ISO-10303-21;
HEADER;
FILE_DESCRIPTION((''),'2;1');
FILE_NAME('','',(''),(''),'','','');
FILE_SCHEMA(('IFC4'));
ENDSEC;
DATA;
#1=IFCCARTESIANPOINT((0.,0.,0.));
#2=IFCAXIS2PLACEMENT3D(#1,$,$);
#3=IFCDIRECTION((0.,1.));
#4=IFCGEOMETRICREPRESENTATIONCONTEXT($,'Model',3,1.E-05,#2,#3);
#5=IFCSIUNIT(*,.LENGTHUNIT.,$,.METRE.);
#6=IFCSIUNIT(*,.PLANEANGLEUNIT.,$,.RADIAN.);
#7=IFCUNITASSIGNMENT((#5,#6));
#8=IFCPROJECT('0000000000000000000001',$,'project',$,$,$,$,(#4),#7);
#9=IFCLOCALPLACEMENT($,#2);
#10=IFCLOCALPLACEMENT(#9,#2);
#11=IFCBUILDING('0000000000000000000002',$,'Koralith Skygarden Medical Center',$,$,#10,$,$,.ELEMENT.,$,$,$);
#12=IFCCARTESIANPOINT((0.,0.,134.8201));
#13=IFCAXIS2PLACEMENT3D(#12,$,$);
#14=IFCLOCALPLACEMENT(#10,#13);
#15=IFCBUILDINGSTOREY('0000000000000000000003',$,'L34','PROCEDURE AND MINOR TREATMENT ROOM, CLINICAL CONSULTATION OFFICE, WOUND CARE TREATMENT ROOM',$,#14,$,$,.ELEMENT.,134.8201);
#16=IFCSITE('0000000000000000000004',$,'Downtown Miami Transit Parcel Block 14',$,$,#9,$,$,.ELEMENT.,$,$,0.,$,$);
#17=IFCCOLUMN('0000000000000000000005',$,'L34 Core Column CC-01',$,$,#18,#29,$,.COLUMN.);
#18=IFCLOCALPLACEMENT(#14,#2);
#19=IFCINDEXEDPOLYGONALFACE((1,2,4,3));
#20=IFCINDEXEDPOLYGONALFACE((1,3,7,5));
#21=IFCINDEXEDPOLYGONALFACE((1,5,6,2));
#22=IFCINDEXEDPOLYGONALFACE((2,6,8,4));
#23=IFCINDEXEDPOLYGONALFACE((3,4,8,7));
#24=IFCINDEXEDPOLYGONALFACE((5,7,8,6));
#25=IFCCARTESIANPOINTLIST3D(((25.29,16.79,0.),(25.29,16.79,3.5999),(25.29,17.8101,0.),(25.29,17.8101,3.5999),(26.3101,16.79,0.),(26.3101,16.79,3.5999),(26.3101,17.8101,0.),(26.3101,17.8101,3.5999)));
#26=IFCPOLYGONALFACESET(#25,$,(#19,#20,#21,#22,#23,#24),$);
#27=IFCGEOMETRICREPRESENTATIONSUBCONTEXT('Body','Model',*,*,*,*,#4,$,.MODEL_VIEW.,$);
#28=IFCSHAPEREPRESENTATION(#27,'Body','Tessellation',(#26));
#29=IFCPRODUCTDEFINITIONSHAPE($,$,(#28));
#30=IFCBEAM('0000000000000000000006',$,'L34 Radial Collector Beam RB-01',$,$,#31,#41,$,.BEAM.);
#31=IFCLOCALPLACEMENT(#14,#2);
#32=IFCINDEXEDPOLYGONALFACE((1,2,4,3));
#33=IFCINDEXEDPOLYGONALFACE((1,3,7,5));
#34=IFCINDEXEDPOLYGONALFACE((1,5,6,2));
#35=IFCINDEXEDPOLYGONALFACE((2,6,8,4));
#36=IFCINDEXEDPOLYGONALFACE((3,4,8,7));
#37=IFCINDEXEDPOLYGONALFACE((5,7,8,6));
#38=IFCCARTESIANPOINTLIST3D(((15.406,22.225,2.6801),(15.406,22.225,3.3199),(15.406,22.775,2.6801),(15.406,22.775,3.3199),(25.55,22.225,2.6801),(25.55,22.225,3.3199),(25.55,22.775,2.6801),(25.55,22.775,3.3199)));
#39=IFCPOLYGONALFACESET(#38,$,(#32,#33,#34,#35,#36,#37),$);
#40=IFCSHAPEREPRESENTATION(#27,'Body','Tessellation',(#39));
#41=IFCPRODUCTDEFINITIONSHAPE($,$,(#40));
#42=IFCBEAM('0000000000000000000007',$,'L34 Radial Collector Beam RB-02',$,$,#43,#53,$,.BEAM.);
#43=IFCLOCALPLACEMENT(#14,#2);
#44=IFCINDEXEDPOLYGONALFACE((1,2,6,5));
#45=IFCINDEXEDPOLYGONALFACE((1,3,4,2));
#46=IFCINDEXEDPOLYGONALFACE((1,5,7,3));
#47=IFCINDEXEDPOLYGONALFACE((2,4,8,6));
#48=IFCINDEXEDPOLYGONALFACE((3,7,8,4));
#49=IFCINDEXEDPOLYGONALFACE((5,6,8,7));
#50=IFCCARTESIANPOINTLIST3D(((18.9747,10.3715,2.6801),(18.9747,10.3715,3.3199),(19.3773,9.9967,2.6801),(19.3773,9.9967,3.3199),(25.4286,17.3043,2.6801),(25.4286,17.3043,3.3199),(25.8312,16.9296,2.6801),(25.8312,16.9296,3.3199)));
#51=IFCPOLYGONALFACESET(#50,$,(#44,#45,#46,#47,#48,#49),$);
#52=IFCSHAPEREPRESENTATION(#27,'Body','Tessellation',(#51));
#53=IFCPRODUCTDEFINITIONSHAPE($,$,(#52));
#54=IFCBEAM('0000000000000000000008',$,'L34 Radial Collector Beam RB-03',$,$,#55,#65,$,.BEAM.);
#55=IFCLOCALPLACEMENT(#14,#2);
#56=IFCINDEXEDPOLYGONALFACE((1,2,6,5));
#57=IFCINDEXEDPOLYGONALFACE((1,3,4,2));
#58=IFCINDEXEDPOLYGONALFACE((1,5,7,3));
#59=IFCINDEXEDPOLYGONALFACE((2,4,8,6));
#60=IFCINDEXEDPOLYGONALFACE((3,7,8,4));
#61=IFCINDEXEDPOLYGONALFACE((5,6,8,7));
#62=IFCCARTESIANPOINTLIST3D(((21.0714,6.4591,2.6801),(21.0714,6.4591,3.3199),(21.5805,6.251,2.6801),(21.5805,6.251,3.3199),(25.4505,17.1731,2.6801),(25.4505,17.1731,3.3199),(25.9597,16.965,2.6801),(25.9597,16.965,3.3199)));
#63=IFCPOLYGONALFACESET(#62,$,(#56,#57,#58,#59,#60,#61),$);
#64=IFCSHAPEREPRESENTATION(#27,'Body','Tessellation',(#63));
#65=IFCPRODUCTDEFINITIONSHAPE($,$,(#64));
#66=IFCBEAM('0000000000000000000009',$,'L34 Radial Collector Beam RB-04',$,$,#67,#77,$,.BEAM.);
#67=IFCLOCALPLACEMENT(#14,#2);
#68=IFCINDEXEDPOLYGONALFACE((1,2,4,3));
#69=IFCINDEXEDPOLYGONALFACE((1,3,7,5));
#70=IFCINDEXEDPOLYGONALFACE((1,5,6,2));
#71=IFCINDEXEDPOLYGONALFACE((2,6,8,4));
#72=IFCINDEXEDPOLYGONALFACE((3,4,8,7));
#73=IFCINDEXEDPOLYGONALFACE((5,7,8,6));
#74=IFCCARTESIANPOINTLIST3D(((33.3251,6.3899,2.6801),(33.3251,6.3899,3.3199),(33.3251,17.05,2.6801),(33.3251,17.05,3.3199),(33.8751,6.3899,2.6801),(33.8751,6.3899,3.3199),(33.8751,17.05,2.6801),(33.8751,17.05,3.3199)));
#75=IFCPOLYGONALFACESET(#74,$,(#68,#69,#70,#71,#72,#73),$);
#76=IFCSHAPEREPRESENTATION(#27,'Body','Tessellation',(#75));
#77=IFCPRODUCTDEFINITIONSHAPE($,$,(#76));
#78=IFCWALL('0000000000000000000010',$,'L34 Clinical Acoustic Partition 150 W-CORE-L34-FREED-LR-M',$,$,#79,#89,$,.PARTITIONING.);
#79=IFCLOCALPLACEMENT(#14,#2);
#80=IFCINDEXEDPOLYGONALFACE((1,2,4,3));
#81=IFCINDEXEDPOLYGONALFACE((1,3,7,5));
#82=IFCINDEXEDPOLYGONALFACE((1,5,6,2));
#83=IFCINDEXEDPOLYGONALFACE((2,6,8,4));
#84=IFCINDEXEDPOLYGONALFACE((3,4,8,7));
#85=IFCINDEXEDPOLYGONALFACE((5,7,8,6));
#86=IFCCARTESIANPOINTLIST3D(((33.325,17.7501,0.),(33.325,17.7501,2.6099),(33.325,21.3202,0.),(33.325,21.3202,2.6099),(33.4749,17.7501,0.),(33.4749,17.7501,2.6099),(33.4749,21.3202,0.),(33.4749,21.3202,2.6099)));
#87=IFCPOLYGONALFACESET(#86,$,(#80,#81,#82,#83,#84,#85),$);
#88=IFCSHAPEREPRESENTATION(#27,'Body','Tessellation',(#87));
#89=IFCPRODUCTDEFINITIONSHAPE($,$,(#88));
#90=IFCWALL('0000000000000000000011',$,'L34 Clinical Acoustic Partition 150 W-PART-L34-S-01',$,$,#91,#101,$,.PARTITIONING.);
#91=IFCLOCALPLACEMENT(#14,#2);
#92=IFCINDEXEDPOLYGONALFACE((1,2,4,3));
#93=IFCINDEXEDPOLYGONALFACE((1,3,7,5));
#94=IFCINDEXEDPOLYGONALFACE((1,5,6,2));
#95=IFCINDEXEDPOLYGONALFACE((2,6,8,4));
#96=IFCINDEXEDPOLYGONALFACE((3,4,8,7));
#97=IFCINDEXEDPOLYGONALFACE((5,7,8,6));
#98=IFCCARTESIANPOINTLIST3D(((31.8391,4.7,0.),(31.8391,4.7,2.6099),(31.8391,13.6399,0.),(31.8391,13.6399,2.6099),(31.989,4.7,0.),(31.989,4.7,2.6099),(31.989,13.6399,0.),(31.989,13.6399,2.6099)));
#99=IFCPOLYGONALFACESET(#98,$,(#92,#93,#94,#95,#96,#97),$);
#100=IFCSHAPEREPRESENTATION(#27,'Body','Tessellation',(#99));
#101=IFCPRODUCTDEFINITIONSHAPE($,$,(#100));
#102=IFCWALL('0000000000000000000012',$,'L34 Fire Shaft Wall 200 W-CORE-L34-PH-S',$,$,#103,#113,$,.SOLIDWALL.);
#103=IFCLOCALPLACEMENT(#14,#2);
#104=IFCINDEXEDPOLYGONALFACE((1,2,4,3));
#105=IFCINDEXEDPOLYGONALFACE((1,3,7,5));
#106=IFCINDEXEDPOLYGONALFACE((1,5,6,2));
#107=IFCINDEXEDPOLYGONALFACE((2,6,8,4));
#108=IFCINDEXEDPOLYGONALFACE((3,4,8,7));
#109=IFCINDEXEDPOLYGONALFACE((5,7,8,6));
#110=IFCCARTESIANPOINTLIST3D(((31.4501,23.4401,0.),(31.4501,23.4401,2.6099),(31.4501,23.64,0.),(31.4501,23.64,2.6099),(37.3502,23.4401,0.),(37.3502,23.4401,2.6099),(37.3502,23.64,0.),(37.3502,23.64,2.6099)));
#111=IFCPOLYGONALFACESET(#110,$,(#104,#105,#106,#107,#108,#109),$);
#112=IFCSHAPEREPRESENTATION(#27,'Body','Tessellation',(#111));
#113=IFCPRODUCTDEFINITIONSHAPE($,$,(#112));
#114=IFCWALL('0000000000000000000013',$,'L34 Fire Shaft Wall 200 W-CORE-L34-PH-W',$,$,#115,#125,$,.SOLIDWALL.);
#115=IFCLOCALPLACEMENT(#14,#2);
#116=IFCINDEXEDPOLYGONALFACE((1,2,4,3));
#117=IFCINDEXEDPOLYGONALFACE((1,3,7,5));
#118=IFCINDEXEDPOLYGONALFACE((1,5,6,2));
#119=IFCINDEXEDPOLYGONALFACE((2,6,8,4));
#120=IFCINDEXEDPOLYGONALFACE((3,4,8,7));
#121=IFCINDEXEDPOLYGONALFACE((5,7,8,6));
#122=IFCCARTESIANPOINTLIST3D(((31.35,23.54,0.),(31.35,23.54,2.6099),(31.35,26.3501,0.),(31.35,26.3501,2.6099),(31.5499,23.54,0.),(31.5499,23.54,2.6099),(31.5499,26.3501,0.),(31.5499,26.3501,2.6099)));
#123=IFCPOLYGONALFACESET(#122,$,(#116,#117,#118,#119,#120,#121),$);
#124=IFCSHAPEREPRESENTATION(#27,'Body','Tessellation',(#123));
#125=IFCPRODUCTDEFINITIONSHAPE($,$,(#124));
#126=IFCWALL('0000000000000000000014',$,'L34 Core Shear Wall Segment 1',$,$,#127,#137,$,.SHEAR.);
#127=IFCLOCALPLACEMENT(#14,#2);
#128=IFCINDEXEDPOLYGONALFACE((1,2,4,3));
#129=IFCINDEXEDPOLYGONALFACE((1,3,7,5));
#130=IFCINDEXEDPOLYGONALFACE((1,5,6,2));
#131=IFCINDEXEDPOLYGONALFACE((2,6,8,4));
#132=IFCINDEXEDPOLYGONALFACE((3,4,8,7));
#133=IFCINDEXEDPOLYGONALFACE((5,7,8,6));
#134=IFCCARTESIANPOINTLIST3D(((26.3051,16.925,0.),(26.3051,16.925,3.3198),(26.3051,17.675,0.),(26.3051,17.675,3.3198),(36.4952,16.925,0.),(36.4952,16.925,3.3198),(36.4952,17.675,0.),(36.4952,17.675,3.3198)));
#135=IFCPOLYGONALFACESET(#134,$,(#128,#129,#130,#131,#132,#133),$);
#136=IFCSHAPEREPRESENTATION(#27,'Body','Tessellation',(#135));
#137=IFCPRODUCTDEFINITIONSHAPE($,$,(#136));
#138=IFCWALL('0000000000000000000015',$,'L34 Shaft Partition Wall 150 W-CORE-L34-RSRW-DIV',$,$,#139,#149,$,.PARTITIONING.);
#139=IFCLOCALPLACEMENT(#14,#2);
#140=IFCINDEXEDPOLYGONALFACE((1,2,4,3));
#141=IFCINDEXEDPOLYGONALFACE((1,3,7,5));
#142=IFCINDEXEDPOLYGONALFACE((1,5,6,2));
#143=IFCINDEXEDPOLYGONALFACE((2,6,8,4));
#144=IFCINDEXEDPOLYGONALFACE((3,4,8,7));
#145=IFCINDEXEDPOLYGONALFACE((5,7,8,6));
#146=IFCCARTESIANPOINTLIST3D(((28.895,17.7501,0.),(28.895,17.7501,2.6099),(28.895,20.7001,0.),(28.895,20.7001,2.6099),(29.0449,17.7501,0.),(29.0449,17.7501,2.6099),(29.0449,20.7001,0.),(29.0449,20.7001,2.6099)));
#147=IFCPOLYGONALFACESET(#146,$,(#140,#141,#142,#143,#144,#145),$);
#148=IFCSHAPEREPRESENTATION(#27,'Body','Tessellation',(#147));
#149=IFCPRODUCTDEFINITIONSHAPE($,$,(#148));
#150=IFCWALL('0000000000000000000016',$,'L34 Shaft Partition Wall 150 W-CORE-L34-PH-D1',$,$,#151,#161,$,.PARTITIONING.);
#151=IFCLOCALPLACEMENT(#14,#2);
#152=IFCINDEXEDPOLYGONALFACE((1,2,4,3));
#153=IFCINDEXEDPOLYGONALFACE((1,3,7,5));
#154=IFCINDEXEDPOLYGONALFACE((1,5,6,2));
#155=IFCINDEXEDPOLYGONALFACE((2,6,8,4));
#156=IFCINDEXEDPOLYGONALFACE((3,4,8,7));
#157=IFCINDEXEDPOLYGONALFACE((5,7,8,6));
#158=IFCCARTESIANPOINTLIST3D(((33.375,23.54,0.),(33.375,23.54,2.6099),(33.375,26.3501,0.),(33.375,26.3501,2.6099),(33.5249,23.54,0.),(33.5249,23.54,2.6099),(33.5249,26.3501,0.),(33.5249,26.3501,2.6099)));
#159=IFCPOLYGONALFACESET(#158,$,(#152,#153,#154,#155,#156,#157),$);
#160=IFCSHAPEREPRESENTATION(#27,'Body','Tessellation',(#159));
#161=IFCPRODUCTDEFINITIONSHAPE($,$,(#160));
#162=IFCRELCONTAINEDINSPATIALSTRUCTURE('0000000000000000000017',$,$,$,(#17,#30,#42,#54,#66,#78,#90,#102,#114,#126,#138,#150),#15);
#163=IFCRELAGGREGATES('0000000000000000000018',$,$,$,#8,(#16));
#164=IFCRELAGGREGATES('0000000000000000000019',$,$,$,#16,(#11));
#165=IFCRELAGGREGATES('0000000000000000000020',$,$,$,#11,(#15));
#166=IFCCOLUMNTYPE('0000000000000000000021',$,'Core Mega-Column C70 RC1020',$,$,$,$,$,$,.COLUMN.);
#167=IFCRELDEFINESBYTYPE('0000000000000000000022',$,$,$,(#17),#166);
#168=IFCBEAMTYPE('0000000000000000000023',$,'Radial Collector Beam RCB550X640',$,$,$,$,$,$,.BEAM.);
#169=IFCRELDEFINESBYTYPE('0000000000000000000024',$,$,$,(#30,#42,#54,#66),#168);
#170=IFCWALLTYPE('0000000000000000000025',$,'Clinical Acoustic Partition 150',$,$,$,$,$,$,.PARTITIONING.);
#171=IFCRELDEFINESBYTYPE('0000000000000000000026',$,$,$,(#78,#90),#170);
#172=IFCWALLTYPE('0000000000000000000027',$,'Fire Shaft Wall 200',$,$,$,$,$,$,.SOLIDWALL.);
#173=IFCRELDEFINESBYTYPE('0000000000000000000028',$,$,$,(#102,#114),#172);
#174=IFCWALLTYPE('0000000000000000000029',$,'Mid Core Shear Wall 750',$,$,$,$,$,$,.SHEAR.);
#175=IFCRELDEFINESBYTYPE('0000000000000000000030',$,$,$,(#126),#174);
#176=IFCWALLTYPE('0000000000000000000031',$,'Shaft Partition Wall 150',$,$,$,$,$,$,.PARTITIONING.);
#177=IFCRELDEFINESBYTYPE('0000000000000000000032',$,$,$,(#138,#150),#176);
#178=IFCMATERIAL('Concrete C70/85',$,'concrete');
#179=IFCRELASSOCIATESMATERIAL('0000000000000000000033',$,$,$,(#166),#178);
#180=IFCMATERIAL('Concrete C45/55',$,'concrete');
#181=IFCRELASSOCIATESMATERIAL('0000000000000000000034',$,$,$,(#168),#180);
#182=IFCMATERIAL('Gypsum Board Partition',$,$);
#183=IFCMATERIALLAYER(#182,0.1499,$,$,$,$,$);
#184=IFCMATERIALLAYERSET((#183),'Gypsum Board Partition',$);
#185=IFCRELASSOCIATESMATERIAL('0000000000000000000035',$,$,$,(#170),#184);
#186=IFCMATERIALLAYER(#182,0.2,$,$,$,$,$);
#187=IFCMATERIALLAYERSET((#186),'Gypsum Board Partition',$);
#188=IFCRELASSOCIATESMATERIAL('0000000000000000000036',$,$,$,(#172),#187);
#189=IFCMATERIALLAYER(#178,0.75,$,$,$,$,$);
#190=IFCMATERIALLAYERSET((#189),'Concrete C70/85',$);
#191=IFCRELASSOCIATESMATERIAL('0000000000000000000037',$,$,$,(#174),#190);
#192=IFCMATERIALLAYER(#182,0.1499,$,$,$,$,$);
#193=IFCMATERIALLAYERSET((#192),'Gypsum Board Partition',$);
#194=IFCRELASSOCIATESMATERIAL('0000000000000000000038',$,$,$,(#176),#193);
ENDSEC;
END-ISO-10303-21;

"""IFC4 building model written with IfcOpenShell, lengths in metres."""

from ifc_helpers import new_model, si_unit, direction, frame, frame_2d, origin, origin_2d, place, context, subcontext, project, spatial, rectangle, extrude, material, layer, layer_set, material_profile, profile_set, type_object, element, save


model = new_model("IFC4")

# Units and contexts
model_context = context("Model", 3, precision=1e-05, world=origin(), true_north=direction((0.0, 1.0)))
body_context = subcontext(model_context, "Body", "Model", "MODEL_VIEW")
ifc_project = project(units=[si_unit("LENGTHUNIT", "METRE"), si_unit("PLANEANGLEUNIT", "RADIAN")], contexts=[model_context])

# Site, building, storey
site_placement = place(None, origin())
site = spatial("IfcSite", under=ifc_project, at=site_placement, Name="Downtown Miami Transit Parcel Block 14", CompositionType="ELEMENT", RefElevation=0.0)
building_placement = place(site_placement, origin())
building = spatial("IfcBuilding", under=site, at=building_placement, Name="Koralith Skygarden Medical Center", CompositionType="ELEMENT")
storey_placement = place(building_placement, frame((0.0, 0.0, 134.8201)))
storey = spatial("IfcBuildingStorey", under=building, at=storey_placement, Name="L34", Description="PROCEDURE AND MINOR TREATMENT ROOM, CLINICAL CONSULTATION OFFICE, WOUND CARE TREATMENT ROOM", CompositionType="ELEMENT", Elevation=134.8201)

# Column
ifc_material_1 = material(Name="Concrete C70/85", Category="concrete")
ifc_material_profile_1 = material_profile(ifc_material_1, rectangle(XDim=1.02, YDim=1.02, at=origin_2d()), Name="RC1020X1020")
ifc_profile_set_1 = profile_set([ifc_material_profile_1], Name="Concrete C70/85")
column_type = type_object("IfcColumnType", Name="Core Mega-Column C70 RC1020", PredefinedType="COLUMN", material=ifc_profile_set_1)
column_placement = place(storey_placement, frame((25.8, 17.3, 0.0), z_axis=(0.0, 0.0, 1.0), x_axis=(1.0, 0.0, 0.0)))
element("IfcColumn", 1, at=column_placement, inside=storey, type_object=column_type, Name="L34 Core Column CC-01", PredefinedType="COLUMN", context=body_context, shape_type="SweptSolid", body=[
    extrude(rectangle(XDim=1.02, YDim=1.02, at=origin_2d()), origin(), (0.0, 0.0, 1.0), 3.5999),
])

# Beams
ifc_material_2 = material(Name="Concrete C45/55", Category="concrete")
ifc_material_profile_2 = material_profile(ifc_material_2, rectangle(XDim=0.55, YDim=0.6399, at=origin_2d()), Name="RCB550X640")
ifc_profile_set_2 = profile_set([ifc_material_profile_2], Name="Concrete C45/55")
beam_type = type_object("IfcBeamType", Name="Radial Collector Beam RCB550X640", PredefinedType="BEAM", material=ifc_profile_set_2)
beam_1_placement = place(storey_placement, frame((25.55, 22.5, 3.0), z_axis=(-1.0, 0.0, 0.0), x_axis=(0.0, -1.0, 0.0)))
element("IfcBeam", 2, at=beam_1_placement, inside=storey, type_object=beam_type, Name="L34 Radial Collector Beam RB-01", PredefinedType="BEAM", context=body_context, shape_type="SweptSolid", body=[
    extrude(rectangle(XDim=0.55, YDim=0.6399, at=origin_2d()), origin(), (0.0, 0.0, 1.0), 10.144),
])
beam_2_placement = place(storey_placement, frame((25.6299, 17.1169, 3.0), z_axis=(-0.681369, -0.73194, 0.0), x_axis=(0.73194, -0.681369, 0.0)))
element("IfcBeam", 3, at=beam_2_placement, inside=storey, type_object=beam_type, Name="L34 Radial Collector Beam RB-02", PredefinedType="BEAM", context=body_context, shape_type="SweptSolid", body=[
    extrude(rectangle(XDim=0.55, YDim=0.6399, at=origin_2d()), origin(), (0.0, 0.0, 1.0), 9.4719),
])
beam_3_placement = place(storey_placement, frame((25.7051, 17.0691, 3.0), z_axis=(-0.378345, -0.925665, 0.0), x_axis=(0.925665, -0.378345, 0.0)))
element("IfcBeam", 4, at=beam_3_placement, inside=storey, type_object=beam_type, Name="L34 Radial Collector Beam RB-03", PredefinedType="BEAM", context=body_context, shape_type="SweptSolid", body=[
    extrude(rectangle(XDim=0.55, YDim=0.6399, at=origin_2d()), origin(), (0.0, 0.0, 1.0), 11.5745),
])
beam_4_placement = place(storey_placement, frame((33.6001, 17.05, 3.0), z_axis=(0.0, -1.0, 0.0), x_axis=(1.0, 0.0, 0.0)))
element("IfcBeam", 5, at=beam_4_placement, inside=storey, type_object=beam_type, Name="L34 Radial Collector Beam RB-04", PredefinedType="BEAM", context=body_context, shape_type="SweptSolid", body=[
    extrude(rectangle(XDim=0.55, YDim=0.6399, at=origin_2d()), origin(), (0.0, 0.0, 1.0), 10.6602),
])

# Shared definitions
ifc_material_3 = material(Name="Gypsum Board Partition")
ifc_layer_1 = layer(ifc_material_3, 0.1499)
ifc_layer_set_1 = layer_set([ifc_layer_1], Name="Gypsum Board Partition")
wall_type_1 = type_object("IfcWallType", Name="Clinical Acoustic Partition 150", PredefinedType="PARTITIONING", material=ifc_layer_set_1)

# Walls
wall_1_placement = place(storey_placement, frame((33.3999, 17.75, 0.0), z_axis=(0.0, 0.0, 1.0), x_axis=(0.0, 1.0, 0.0)))
element("IfcWall", 6, at=wall_1_placement, inside=storey, type_object=wall_type_1, Name="L34 Clinical Acoustic Partition 150 W-CORE-L34-FREED-LR-M", PredefinedType="PARTITIONING", context=body_context, shape_type="SweptSolid", body=[
    extrude(rectangle(XDim=3.5701, YDim=0.1499, at=frame_2d((1.7852, 0.0))), origin(), (0.0, 0.0, 1.0), 2.6099),
])
wall_2_placement = place(storey_placement, frame((31.9141, 13.6399, 0.0), z_axis=(0.0, 0.0, 1.0), x_axis=(0.0, -1.0, 0.0)))
element("IfcWall", 7, at=wall_2_placement, inside=storey, type_object=wall_type_1, Name="L34 Clinical Acoustic Partition 150 W-PART-L34-S-01", PredefinedType="PARTITIONING", context=body_context, shape_type="SweptSolid", body=[
    extrude(rectangle(XDim=8.9399, YDim=0.1499, at=frame_2d((4.47, 0.0))), origin(), (0.0, 0.0, 1.0), 2.6099),
])

# Shared definitions
ifc_layer_2 = layer(ifc_material_3, 0.2)
ifc_layer_set_2 = layer_set([ifc_layer_2], Name="Gypsum Board Partition")
wall_type_2 = type_object("IfcWallType", Name="Fire Shaft Wall 200", PredefinedType="SOLIDWALL", material=ifc_layer_set_2)

# Walls
wall_3_placement = place(storey_placement, frame((31.45, 23.54, 0.0), z_axis=(0.0, 0.0, 1.0), x_axis=(1.0, 0.0, 0.0)))
element("IfcWall", 8, at=wall_3_placement, inside=storey, type_object=wall_type_2, Name="L34 Fire Shaft Wall 200 W-CORE-L34-PH-S", PredefinedType="SOLIDWALL", context=body_context, shape_type="SweptSolid", body=[
    extrude(rectangle(XDim=5.9001, YDim=0.2, at=frame_2d((2.9502, 0.0))), origin(), (0.0, 0.0, 1.0), 2.6099),
])
wall_4_placement = place(storey_placement, frame((31.45, 23.54, 0.0), z_axis=(0.0, 0.0, 1.0), x_axis=(0.0, 1.0, 0.0)))
element("IfcWall", 9, at=wall_4_placement, inside=storey, type_object=wall_type_2, Name="L34 Fire Shaft Wall 200 W-CORE-L34-PH-W", PredefinedType="SOLIDWALL", context=body_context, shape_type="SweptSolid", body=[
    extrude(rectangle(XDim=2.8101, YDim=0.2, at=frame_2d((1.405, 0.0))), origin(), (0.0, 0.0, 1.0), 2.6099),
])
ifc_layer_3 = layer(ifc_material_1, 0.75)
ifc_layer_set_3 = layer_set([ifc_layer_3], Name="Concrete C70/85")
wall_type_3 = type_object("IfcWallType", Name="Mid Core Shear Wall 750", PredefinedType="SHEAR", material=ifc_layer_set_3)
wall_5_placement = place(storey_placement, frame((26.3049, 17.3, 0.0), z_axis=(0.0, 0.0, 1.0), x_axis=(1.0, 0.0, 0.0)))
element("IfcWall", 10, at=wall_5_placement, inside=storey, type_object=wall_type_3, Name="L34 Core Shear Wall Segment 1", PredefinedType="SHEAR", context=body_context, shape_type="SweptSolid", body=[
    extrude(rectangle(XDim=10.1902, YDim=0.75, at=frame_2d((5.0952, 0.0))), origin(), (0.0, 0.0, 1.0), 3.3198),
])
ifc_layer_4 = layer(ifc_material_3, 0.1499)
ifc_layer_set_4 = layer_set([ifc_layer_4], Name="Gypsum Board Partition")
wall_type_4 = type_object("IfcWallType", Name="Shaft Partition Wall 150", PredefinedType="PARTITIONING", material=ifc_layer_set_4)
wall_6_placement = place(storey_placement, frame((28.97, 17.75, 0.0), z_axis=(0.0, 0.0, 1.0), x_axis=(0.0, 1.0, 0.0)))
element("IfcWall", 11, at=wall_6_placement, inside=storey, type_object=wall_type_4, Name="L34 Shaft Partition Wall 150 W-CORE-L34-RSRW-DIV", PredefinedType="PARTITIONING", context=body_context, shape_type="SweptSolid", body=[
    extrude(rectangle(XDim=2.95, YDim=0.1499, at=frame_2d((1.4751, 0.0))), origin(), (0.0, 0.0, 1.0), 2.6099),
])
wall_7_placement = place(storey_placement, frame((33.45, 23.54, 0.0), z_axis=(0.0, 0.0, 1.0), x_axis=(0.0, 1.0, 0.0)))
element("IfcWall", 12, at=wall_7_placement, inside=storey, type_object=wall_type_4, Name="L34 Shaft Partition Wall 150 W-CORE-L34-PH-D1", PredefinedType="PARTITIONING", context=body_context, shape_type="SweptSolid", body=[
    extrude(rectangle(XDim=2.8101, YDim=0.1499, at=frame_2d((1.405, 0.0))), origin(), (0.0, 0.0, 1.0), 2.6099),
])

save(model, "model.ifc")
